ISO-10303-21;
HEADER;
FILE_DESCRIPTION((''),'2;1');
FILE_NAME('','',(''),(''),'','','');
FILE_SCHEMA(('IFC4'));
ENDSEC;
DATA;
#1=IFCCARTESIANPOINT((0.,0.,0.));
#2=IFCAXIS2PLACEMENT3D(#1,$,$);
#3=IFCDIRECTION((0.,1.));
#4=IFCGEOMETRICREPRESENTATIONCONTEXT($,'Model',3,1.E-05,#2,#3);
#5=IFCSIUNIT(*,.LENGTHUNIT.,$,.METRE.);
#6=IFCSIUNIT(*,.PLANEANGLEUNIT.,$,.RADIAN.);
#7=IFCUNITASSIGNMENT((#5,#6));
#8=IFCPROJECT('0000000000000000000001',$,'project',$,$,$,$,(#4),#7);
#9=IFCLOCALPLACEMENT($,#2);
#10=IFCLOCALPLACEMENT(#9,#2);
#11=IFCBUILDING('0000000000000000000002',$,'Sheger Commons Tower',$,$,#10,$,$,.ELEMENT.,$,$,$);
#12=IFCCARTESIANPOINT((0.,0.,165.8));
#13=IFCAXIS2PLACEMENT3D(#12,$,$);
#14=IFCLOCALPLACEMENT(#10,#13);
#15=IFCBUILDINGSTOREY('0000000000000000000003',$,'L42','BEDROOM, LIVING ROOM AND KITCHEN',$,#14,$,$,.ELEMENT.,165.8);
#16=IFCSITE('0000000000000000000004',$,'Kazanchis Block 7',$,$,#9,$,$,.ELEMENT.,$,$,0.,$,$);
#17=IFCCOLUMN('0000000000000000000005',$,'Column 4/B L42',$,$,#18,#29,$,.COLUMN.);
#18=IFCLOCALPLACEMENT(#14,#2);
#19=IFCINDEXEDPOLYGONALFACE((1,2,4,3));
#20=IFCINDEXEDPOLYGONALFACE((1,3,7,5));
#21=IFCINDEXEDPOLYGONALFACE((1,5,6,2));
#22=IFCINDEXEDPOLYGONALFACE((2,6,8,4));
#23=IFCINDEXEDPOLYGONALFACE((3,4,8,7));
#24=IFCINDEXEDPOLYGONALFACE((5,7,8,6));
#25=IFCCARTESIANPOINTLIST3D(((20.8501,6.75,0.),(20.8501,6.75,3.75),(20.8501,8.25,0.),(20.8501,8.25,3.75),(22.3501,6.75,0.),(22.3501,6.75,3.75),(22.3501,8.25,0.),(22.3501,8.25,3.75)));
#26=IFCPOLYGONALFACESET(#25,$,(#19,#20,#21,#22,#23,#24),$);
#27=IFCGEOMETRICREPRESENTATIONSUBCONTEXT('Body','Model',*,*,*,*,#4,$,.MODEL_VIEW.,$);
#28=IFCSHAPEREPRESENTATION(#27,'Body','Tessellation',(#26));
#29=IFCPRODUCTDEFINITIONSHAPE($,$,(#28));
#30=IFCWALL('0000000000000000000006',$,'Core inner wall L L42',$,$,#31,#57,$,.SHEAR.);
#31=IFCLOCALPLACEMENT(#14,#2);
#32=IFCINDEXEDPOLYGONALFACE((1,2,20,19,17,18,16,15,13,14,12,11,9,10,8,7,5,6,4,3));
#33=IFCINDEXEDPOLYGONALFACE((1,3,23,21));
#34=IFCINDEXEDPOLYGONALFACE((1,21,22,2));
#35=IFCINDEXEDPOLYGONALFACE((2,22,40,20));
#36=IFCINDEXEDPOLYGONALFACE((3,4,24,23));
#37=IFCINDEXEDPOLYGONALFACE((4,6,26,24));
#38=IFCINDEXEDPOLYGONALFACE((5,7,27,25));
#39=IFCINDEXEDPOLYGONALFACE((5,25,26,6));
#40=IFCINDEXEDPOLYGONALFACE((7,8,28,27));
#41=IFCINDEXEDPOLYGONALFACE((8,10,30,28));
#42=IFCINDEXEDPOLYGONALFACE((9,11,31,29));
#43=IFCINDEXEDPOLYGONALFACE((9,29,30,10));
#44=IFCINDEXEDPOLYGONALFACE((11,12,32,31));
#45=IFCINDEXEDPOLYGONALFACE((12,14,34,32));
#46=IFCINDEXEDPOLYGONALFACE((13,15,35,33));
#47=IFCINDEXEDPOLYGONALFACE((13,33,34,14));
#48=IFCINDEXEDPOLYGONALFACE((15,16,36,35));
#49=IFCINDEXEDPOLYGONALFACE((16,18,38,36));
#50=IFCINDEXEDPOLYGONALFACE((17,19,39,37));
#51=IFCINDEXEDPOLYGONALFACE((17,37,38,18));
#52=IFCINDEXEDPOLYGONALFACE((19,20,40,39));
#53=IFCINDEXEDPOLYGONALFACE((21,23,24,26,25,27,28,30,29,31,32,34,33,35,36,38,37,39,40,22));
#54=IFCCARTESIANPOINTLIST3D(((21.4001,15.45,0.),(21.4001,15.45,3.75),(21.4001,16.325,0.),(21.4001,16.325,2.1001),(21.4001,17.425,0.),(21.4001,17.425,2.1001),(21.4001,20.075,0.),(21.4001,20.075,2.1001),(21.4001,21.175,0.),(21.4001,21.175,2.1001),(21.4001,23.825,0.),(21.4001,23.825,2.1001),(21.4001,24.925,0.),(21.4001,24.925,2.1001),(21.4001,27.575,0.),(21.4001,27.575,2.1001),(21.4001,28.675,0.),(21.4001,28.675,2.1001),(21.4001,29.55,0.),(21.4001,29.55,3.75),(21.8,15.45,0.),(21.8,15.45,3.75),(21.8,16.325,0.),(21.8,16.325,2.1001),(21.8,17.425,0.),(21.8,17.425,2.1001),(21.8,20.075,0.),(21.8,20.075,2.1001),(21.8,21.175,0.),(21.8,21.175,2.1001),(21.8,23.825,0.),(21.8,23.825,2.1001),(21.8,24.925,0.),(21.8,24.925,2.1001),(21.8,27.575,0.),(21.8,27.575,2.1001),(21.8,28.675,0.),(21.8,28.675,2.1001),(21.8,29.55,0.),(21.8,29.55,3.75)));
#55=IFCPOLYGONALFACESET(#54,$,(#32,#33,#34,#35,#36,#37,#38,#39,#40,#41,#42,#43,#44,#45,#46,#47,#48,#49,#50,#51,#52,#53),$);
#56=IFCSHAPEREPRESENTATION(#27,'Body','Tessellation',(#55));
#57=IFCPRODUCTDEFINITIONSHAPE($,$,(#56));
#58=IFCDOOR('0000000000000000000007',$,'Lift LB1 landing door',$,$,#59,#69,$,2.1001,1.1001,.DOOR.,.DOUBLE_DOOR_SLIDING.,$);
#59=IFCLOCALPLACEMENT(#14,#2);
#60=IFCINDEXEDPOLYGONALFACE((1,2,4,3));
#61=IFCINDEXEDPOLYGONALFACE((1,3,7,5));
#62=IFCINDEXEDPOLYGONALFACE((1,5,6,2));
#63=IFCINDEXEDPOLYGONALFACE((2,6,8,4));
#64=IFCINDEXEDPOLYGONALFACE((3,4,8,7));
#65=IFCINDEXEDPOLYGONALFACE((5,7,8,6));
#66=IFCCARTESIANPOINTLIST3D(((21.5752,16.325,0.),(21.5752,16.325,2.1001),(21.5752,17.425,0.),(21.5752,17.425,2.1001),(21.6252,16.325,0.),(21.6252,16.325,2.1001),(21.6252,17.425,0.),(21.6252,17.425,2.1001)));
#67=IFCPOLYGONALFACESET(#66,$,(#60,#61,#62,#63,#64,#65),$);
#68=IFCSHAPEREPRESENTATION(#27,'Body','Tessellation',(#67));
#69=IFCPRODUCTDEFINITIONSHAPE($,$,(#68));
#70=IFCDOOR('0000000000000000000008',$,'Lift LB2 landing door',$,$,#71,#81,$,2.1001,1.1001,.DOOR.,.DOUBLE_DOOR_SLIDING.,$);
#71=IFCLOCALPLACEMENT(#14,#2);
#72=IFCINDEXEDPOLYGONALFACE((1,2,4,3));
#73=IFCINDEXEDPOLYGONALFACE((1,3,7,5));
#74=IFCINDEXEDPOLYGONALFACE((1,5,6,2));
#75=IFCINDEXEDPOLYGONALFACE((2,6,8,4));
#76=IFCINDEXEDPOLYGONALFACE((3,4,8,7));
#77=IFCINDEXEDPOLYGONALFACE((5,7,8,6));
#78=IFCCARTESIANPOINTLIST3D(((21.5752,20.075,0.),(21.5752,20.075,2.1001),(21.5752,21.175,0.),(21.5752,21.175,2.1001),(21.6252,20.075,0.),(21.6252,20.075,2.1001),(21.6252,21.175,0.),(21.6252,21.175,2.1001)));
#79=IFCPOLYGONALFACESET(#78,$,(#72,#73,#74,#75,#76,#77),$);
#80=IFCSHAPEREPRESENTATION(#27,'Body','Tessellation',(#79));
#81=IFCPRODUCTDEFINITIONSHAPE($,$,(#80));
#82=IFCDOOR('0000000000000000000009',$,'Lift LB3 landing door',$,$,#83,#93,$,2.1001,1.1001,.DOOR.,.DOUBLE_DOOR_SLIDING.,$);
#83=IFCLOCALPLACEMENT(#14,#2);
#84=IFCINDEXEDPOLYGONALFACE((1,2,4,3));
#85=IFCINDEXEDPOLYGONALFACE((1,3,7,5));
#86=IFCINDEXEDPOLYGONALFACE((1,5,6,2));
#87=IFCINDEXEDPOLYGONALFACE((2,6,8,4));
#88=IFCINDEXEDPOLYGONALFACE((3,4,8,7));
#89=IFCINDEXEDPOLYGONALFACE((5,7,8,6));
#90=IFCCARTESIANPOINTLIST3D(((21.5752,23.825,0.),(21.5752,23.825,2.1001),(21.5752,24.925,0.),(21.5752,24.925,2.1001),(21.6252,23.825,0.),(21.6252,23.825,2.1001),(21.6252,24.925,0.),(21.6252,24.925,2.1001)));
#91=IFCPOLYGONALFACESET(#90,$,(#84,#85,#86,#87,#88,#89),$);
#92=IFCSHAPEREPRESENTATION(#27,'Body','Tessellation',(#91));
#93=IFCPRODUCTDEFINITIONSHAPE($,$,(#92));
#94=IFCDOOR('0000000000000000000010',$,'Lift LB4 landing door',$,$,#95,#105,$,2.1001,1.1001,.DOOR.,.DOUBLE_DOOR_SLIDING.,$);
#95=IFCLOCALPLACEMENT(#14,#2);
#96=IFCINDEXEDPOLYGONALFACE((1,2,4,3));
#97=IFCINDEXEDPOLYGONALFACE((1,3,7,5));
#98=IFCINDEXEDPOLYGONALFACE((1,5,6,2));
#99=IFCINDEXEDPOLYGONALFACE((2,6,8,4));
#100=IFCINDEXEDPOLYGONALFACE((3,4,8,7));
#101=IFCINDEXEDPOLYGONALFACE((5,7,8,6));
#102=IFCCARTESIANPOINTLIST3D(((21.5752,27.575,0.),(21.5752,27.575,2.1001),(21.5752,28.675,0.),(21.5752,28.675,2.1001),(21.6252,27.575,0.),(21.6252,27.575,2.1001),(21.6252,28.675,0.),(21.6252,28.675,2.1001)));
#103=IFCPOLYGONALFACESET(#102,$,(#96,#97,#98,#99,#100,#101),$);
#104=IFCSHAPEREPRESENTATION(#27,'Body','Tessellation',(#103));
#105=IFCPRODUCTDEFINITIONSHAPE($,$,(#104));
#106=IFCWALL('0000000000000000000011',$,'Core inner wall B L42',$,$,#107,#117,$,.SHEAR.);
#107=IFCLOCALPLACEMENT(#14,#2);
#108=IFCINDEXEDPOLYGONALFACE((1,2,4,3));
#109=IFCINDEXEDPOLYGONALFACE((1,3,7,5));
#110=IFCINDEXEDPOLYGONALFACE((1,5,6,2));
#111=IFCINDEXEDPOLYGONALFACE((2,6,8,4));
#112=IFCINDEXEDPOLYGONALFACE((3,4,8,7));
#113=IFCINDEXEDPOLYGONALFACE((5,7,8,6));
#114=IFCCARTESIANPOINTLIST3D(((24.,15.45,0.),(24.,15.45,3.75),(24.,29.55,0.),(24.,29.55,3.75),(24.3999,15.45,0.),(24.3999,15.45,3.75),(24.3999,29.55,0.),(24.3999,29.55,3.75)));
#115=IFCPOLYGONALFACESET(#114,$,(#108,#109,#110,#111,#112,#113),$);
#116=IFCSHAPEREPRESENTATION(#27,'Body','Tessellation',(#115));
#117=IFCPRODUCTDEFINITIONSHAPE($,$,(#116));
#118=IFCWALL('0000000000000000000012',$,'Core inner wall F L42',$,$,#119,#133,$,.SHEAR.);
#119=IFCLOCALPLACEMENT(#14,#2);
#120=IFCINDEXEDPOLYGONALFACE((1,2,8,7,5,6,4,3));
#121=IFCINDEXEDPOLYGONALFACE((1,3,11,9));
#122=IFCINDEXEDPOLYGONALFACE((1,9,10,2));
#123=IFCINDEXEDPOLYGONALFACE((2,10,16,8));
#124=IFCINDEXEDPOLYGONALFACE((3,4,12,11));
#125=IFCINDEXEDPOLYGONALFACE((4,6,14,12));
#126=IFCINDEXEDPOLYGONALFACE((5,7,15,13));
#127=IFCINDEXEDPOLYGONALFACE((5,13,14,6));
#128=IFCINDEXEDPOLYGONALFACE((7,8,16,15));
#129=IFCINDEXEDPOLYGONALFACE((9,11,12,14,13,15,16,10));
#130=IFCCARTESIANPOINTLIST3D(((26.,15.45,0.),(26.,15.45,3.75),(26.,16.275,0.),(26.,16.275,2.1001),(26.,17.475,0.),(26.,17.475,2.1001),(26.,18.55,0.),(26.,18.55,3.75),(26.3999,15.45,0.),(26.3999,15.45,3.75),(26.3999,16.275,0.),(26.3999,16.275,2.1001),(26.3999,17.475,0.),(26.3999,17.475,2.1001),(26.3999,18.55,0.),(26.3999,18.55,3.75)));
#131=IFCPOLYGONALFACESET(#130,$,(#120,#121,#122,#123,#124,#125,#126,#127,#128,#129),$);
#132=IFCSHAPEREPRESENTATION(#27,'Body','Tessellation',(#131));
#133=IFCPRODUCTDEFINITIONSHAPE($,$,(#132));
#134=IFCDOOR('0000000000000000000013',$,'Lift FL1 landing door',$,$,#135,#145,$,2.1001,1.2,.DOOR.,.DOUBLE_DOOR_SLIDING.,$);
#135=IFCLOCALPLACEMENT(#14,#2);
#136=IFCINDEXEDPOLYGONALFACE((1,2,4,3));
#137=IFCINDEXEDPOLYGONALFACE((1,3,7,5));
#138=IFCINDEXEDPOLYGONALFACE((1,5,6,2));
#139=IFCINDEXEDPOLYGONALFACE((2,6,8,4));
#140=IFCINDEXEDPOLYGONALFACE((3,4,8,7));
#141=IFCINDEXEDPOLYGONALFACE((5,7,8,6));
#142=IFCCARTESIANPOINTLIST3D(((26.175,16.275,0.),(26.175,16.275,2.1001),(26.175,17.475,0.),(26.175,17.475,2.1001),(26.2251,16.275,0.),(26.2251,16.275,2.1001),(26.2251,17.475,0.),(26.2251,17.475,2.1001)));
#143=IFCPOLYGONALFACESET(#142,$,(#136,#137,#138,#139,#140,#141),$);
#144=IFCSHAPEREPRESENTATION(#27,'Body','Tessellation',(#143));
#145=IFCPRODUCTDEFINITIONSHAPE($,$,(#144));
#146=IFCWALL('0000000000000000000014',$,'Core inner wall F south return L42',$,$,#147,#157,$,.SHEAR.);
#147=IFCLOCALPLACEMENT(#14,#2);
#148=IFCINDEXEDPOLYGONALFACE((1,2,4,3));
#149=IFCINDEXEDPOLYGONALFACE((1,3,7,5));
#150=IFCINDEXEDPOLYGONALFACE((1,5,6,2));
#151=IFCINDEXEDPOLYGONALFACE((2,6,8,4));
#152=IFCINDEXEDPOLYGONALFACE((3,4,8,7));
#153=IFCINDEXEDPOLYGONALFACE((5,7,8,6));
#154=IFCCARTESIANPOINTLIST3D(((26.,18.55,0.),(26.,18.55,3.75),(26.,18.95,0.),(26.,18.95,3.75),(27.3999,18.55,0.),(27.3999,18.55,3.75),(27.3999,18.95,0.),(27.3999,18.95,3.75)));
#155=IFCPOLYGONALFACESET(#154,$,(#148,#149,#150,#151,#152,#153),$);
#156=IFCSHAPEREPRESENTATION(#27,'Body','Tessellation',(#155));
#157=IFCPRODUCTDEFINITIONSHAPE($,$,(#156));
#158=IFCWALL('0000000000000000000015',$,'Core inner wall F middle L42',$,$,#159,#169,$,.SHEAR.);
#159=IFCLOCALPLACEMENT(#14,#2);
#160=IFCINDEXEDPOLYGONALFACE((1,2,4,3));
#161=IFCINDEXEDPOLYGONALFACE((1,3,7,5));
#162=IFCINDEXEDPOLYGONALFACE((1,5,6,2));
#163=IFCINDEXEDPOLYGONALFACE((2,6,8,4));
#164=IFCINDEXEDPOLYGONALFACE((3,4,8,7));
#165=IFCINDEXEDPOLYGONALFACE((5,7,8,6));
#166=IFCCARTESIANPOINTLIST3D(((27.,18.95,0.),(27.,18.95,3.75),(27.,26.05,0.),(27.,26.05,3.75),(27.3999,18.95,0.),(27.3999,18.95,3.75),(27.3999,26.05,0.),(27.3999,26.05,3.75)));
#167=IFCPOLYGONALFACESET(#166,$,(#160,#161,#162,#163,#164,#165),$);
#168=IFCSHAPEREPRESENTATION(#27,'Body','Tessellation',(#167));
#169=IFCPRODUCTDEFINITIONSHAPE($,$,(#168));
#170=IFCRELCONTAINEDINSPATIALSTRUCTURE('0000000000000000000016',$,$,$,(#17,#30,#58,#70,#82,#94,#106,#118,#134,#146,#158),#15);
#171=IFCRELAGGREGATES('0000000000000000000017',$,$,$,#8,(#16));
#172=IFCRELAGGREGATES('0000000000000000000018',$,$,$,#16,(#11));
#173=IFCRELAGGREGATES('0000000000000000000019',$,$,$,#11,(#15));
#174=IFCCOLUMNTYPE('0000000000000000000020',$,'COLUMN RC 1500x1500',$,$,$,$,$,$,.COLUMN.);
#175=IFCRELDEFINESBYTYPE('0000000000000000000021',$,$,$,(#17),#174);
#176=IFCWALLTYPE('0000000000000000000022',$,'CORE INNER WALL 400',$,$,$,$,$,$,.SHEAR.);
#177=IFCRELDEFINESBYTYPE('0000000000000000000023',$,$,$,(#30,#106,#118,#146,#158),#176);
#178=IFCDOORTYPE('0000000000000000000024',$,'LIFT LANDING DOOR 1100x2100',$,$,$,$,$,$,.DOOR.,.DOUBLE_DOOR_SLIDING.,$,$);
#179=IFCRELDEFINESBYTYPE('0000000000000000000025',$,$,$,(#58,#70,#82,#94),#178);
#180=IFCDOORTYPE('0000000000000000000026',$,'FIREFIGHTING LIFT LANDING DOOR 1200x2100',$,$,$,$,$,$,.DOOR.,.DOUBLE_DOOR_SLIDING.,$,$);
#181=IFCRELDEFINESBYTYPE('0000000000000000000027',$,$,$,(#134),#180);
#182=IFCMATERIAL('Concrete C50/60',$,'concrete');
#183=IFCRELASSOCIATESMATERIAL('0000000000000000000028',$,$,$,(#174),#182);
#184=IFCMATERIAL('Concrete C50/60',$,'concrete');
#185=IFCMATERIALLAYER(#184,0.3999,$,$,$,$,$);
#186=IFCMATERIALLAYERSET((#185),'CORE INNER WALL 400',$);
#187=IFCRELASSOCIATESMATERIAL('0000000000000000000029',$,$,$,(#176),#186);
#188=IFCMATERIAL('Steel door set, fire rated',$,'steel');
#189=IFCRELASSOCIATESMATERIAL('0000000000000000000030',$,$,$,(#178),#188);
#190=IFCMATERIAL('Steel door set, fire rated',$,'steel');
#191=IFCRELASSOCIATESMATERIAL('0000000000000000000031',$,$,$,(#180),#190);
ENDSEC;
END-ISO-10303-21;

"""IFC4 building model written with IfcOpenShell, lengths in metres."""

from ifc_helpers import new_model, si_unit, direction, frame, frame_2d, origin, origin_2d, place, context, subcontext, project, spatial, rectangle, extrude, material, layer, layer_set, material_profile, profile_set, type_object, element, fill, save


model = new_model("IFC4")

# Units and contexts
model_context = context("Model", 3, precision=1e-05, world=origin(), true_north=direction((0.0, 1.0)))
body_context = subcontext(model_context, "Body", "Model", "MODEL_VIEW")
ifc_project = project(units=[si_unit("LENGTHUNIT", "METRE"), si_unit("PLANEANGLEUNIT", "RADIAN")], contexts=[model_context])

# Site, building, storey
site_placement = place(None, origin())
site = spatial("IfcSite", under=ifc_project, at=site_placement, Name="Kazanchis Block 7", CompositionType="ELEMENT", RefElevation=0.0)
building_placement = place(site_placement, origin())
building = spatial("IfcBuilding", under=site, at=building_placement, Name="Sheger Commons Tower", CompositionType="ELEMENT")
storey_placement = place(building_placement, frame((0.0, 0.0, 165.8)))
storey = spatial("IfcBuildingStorey", under=building, at=storey_placement, Name="L42", Description="BEDROOM, LIVING ROOM AND KITCHEN", CompositionType="ELEMENT", Elevation=165.8)

# Column
ifc_material_1 = material(Name="Concrete C50/60", Category="concrete")
ifc_material_profile = material_profile(ifc_material_1, rectangle(XDim=1.5, YDim=1.5, at=origin_2d()), Name="RC 1500x1500")
ifc_profile_set = profile_set([ifc_material_profile], Name="Concrete C50/60")
column_type = type_object("IfcColumnType", Name="COLUMN RC 1500x1500", PredefinedType="COLUMN", material=ifc_profile_set)
column_placement = place(storey_placement, frame((21.6001, 7.5, 0.0), z_axis=(0.0, 0.0, 1.0), x_axis=(1.0, 0.0, 0.0)))
element("IfcColumn", 1, at=column_placement, inside=storey, type_object=column_type, Name="Column 4/B L42", PredefinedType="COLUMN", context=body_context, shape_type="SweptSolid", body=[
    extrude(rectangle(XDim=1.5, YDim=1.5, at=origin_2d()), origin(), (0.0, 0.0, 1.0), 3.75),
])

# Wall, openings, doors
ifc_material_2 = material(Name="Concrete C50/60", Category="concrete")
ifc_layer_1 = layer(ifc_material_2, 0.3999)
ifc_layer_set_1 = layer_set([ifc_layer_1], Name="CORE INNER WALL 400")
wall_type_1 = type_object("IfcWallType", Name="CORE INNER WALL 400", PredefinedType="SHEAR", material=ifc_layer_set_1)
wall_1_placement = place(storey_placement, frame((21.6001, 15.45, 0.0), z_axis=(0.0, 0.0, 1.0), x_axis=(0.0, 1.0, 0.0)))
wall_1 = element("IfcWall", 2, at=wall_1_placement, inside=storey, type_object=wall_type_1, Name="Core inner wall L L42", PredefinedType="SHEAR", context=body_context, shape_type="SweptSolid", body=[
    extrude(rectangle(XDim=14.1001, YDim=0.3999, at=frame_2d((7.05, 0.0))), origin(), (0.0, 0.0, 1.0), 3.75),
])
opening_1_placement = place(wall_1_placement, frame((0.875, 0.0, 0.0)))
opening_1 = element("IfcOpeningElement", 3, at=opening_1_placement, cuts=wall_1, PredefinedType="OPENING", context=body_context, shape_type="SweptSolid", body=[
    extrude(rectangle(XDim=1.1001, YDim=2.1001, at=frame_2d((0.55, 1.05))), frame((0.0, 0.21, 0.0), z_axis=(0.0, -1.0, 0.0), x_axis=(1.0, 0.0, 0.0)), (0.0, 0.0, 1.0), 0.4199),
])
opening_2_placement = place(wall_1_placement, frame((4.625, 0.0, 0.0)))
opening_2 = element("IfcOpeningElement", 4, at=opening_2_placement, cuts=wall_1, PredefinedType="OPENING", context=body_context, shape_type="SweptSolid", body=[
    extrude(rectangle(XDim=1.1001, YDim=2.1001, at=frame_2d((0.55, 1.05))), frame((0.0, 0.21, 0.0), z_axis=(0.0, -1.0, 0.0), x_axis=(1.0, 0.0, 0.0)), (0.0, 0.0, 1.0), 0.4199),
])
opening_3_placement = place(wall_1_placement, frame((8.375, 0.0, 0.0)))
opening_3 = element("IfcOpeningElement", 5, at=opening_3_placement, cuts=wall_1, PredefinedType="OPENING", context=body_context, shape_type="SweptSolid", body=[
    extrude(rectangle(XDim=1.1001, YDim=2.1001, at=frame_2d((0.55, 1.05))), frame((0.0, 0.21, 0.0), z_axis=(0.0, -1.0, 0.0), x_axis=(1.0, 0.0, 0.0)), (0.0, 0.0, 1.0), 0.4199),
])
opening_4_placement = place(wall_1_placement, frame((12.125, 0.0, 0.0)))
opening_4 = element("IfcOpeningElement", 6, at=opening_4_placement, cuts=wall_1, PredefinedType="OPENING", context=body_context, shape_type="SweptSolid", body=[
    extrude(rectangle(XDim=1.1001, YDim=2.1001, at=frame_2d((0.55, 1.05))), frame((0.0, 0.21, 0.0), z_axis=(0.0, -1.0, 0.0), x_axis=(1.0, 0.0, 0.0)), (0.0, 0.0, 1.0), 0.4199),
])
ifc_material_3 = material(Name="Steel door set, fire rated", Category="steel")
door_type_1 = type_object("IfcDoorType", Name="LIFT LANDING DOOR 1100x2100", OperationType="DOUBLE_DOOR_SLIDING", PredefinedType="DOOR", material=ifc_material_3)
door_1_placement = place(opening_1_placement, origin())
door_1 = element("IfcDoor", 7, at=door_1_placement, inside=storey, type_object=door_type_1, Name="Lift LB1 landing door", OperationType="DOUBLE_DOOR_SLIDING", OverallHeight=2.1001, OverallWidth=1.1001, PredefinedType="DOOR", context=body_context, shape_type="SweptSolid", body=[
    extrude(rectangle(XDim=1.1001, YDim=2.1001, at=frame_2d((0.55, 1.05))), frame((0.0, 0.0249, 0.0), z_axis=(0.0, -1.0, 0.0), x_axis=(1.0, 0.0, 0.0)), (0.0, 0.0, 1.0), 0.05),
])
fill(opening_1, door_1)
door_2_placement = place(opening_2_placement, origin())
door_2 = element("IfcDoor", 8, at=door_2_placement, inside=storey, type_object=door_type_1, Name="Lift LB2 landing door", OperationType="DOUBLE_DOOR_SLIDING", OverallHeight=2.1001, OverallWidth=1.1001, PredefinedType="DOOR", context=body_context, shape_type="SweptSolid", body=[
    extrude(rectangle(XDim=1.1001, YDim=2.1001, at=frame_2d((0.55, 1.05))), frame((0.0, 0.0249, 0.0), z_axis=(0.0, -1.0, 0.0), x_axis=(1.0, 0.0, 0.0)), (0.0, 0.0, 1.0), 0.05),
])
fill(opening_2, door_2)
door_3_placement = place(opening_3_placement, origin())
door_3 = element("IfcDoor", 9, at=door_3_placement, inside=storey, type_object=door_type_1, Name="Lift LB3 landing door", OperationType="DOUBLE_DOOR_SLIDING", OverallHeight=2.1001, OverallWidth=1.1001, PredefinedType="DOOR", context=body_context, shape_type="SweptSolid", body=[
    extrude(rectangle(XDim=1.1001, YDim=2.1001, at=frame_2d((0.55, 1.05))), frame((0.0, 0.0249, 0.0), z_axis=(0.0, -1.0, 0.0), x_axis=(1.0, 0.0, 0.0)), (0.0, 0.0, 1.0), 0.05),
])
fill(opening_3, door_3)
door_4_placement = place(opening_4_placement, origin())
door_4 = element("IfcDoor", 10, at=door_4_placement, inside=storey, type_object=door_type_1, Name="Lift LB4 landing door", OperationType="DOUBLE_DOOR_SLIDING", OverallHeight=2.1001, OverallWidth=1.1001, PredefinedType="DOOR", context=body_context, shape_type="SweptSolid", body=[
    extrude(rectangle(XDim=1.1001, YDim=2.1001, at=frame_2d((0.55, 1.05))), frame((0.0, 0.0249, 0.0), z_axis=(0.0, -1.0, 0.0), x_axis=(1.0, 0.0, 0.0)), (0.0, 0.0, 1.0), 0.05),
])
fill(opening_4, door_4)

# Wall
wall_2_placement = place(storey_placement, frame((24.2, 15.45, 0.0), z_axis=(0.0, 0.0, 1.0), x_axis=(0.0, 1.0, 0.0)))
element("IfcWall", 11, at=wall_2_placement, inside=storey, type_object=wall_type_1, Name="Core inner wall B L42", PredefinedType="SHEAR", context=body_context, shape_type="SweptSolid", body=[
    extrude(rectangle(XDim=14.1001, YDim=0.3999, at=frame_2d((7.05, 0.0))), origin(), (0.0, 0.0, 1.0), 3.75),
])

# Wall, opening, door
wall_3_placement = place(storey_placement, frame((26.2, 15.45, 0.0), z_axis=(0.0, 0.0, 1.0), x_axis=(0.0, 1.0, 0.0)))
wall_3 = element("IfcWall", 12, at=wall_3_placement, inside=storey, type_object=wall_type_1, Name="Core inner wall F L42", PredefinedType="SHEAR", context=body_context, shape_type="SweptSolid", body=[
    extrude(rectangle(XDim=3.1001, YDim=0.3999, at=frame_2d((1.55, 0.0))), origin(), (0.0, 0.0, 1.0), 3.75),
])
opening_5_placement = place(wall_3_placement, frame((0.825, 0.0, 0.0)))
opening_5 = element("IfcOpeningElement", 13, at=opening_5_placement, cuts=wall_3, PredefinedType="OPENING", context=body_context, shape_type="SweptSolid", body=[
    extrude(rectangle(XDim=1.2, YDim=2.1001, at=frame_2d((0.6001, 1.05))), frame((0.0, 0.21, 0.0), z_axis=(0.0, -1.0, 0.0), x_axis=(1.0, 0.0, 0.0)), (0.0, 0.0, 1.0), 0.4199),
])
ifc_material_4 = material(Name="Steel door set, fire rated", Category="steel")
door_type_2 = type_object("IfcDoorType", Name="FIREFIGHTING LIFT LANDING DOOR 1200x2100", OperationType="DOUBLE_DOOR_SLIDING", PredefinedType="DOOR", material=ifc_material_4)
door_5_placement = place(opening_5_placement, origin())
door_5 = element("IfcDoor", 14, at=door_5_placement, inside=storey, type_object=door_type_2, Name="Lift FL1 landing door", OperationType="DOUBLE_DOOR_SLIDING", OverallHeight=2.1001, OverallWidth=1.2, PredefinedType="DOOR", context=body_context, shape_type="SweptSolid", body=[
    extrude(rectangle(XDim=1.2, YDim=2.1001, at=frame_2d((0.6001, 1.05))), frame((0.0, 0.0249, 0.0), z_axis=(0.0, -1.0, 0.0), x_axis=(1.0, 0.0, 0.0)), (0.0, 0.0, 1.0), 0.05),
])
fill(opening_5, door_5)

# Walls
wall_4_placement = place(storey_placement, frame((26.0, 18.75, 0.0), z_axis=(0.0, 0.0, 1.0), x_axis=(1.0, 0.0, 0.0)))
element("IfcWall", 15, at=wall_4_placement, inside=storey, type_object=wall_type_1, Name="Core inner wall F south return L42", PredefinedType="SHEAR", context=body_context, shape_type="SweptSolid", body=[
    extrude(rectangle(XDim=1.3999, YDim=0.3999, at=frame_2d((0.7, 0.0))), origin(), (0.0, 0.0, 1.0), 3.75),
])
wall_5_placement = place(storey_placement, frame((27.2, 18.95, 0.0), z_axis=(0.0, 0.0, 1.0), x_axis=(0.0, 1.0, 0.0)))
element("IfcWall", 16, at=wall_5_placement, inside=storey, type_object=wall_type_1, Name="Core inner wall F middle L42", PredefinedType="SHEAR", context=body_context, shape_type="SweptSolid", body=[
    extrude(rectangle(XDim=7.1001, YDim=0.3999, at=frame_2d((3.55, 0.0))), origin(), (0.0, 0.0, 1.0), 3.75),
])

save(model, "model.ifc")
